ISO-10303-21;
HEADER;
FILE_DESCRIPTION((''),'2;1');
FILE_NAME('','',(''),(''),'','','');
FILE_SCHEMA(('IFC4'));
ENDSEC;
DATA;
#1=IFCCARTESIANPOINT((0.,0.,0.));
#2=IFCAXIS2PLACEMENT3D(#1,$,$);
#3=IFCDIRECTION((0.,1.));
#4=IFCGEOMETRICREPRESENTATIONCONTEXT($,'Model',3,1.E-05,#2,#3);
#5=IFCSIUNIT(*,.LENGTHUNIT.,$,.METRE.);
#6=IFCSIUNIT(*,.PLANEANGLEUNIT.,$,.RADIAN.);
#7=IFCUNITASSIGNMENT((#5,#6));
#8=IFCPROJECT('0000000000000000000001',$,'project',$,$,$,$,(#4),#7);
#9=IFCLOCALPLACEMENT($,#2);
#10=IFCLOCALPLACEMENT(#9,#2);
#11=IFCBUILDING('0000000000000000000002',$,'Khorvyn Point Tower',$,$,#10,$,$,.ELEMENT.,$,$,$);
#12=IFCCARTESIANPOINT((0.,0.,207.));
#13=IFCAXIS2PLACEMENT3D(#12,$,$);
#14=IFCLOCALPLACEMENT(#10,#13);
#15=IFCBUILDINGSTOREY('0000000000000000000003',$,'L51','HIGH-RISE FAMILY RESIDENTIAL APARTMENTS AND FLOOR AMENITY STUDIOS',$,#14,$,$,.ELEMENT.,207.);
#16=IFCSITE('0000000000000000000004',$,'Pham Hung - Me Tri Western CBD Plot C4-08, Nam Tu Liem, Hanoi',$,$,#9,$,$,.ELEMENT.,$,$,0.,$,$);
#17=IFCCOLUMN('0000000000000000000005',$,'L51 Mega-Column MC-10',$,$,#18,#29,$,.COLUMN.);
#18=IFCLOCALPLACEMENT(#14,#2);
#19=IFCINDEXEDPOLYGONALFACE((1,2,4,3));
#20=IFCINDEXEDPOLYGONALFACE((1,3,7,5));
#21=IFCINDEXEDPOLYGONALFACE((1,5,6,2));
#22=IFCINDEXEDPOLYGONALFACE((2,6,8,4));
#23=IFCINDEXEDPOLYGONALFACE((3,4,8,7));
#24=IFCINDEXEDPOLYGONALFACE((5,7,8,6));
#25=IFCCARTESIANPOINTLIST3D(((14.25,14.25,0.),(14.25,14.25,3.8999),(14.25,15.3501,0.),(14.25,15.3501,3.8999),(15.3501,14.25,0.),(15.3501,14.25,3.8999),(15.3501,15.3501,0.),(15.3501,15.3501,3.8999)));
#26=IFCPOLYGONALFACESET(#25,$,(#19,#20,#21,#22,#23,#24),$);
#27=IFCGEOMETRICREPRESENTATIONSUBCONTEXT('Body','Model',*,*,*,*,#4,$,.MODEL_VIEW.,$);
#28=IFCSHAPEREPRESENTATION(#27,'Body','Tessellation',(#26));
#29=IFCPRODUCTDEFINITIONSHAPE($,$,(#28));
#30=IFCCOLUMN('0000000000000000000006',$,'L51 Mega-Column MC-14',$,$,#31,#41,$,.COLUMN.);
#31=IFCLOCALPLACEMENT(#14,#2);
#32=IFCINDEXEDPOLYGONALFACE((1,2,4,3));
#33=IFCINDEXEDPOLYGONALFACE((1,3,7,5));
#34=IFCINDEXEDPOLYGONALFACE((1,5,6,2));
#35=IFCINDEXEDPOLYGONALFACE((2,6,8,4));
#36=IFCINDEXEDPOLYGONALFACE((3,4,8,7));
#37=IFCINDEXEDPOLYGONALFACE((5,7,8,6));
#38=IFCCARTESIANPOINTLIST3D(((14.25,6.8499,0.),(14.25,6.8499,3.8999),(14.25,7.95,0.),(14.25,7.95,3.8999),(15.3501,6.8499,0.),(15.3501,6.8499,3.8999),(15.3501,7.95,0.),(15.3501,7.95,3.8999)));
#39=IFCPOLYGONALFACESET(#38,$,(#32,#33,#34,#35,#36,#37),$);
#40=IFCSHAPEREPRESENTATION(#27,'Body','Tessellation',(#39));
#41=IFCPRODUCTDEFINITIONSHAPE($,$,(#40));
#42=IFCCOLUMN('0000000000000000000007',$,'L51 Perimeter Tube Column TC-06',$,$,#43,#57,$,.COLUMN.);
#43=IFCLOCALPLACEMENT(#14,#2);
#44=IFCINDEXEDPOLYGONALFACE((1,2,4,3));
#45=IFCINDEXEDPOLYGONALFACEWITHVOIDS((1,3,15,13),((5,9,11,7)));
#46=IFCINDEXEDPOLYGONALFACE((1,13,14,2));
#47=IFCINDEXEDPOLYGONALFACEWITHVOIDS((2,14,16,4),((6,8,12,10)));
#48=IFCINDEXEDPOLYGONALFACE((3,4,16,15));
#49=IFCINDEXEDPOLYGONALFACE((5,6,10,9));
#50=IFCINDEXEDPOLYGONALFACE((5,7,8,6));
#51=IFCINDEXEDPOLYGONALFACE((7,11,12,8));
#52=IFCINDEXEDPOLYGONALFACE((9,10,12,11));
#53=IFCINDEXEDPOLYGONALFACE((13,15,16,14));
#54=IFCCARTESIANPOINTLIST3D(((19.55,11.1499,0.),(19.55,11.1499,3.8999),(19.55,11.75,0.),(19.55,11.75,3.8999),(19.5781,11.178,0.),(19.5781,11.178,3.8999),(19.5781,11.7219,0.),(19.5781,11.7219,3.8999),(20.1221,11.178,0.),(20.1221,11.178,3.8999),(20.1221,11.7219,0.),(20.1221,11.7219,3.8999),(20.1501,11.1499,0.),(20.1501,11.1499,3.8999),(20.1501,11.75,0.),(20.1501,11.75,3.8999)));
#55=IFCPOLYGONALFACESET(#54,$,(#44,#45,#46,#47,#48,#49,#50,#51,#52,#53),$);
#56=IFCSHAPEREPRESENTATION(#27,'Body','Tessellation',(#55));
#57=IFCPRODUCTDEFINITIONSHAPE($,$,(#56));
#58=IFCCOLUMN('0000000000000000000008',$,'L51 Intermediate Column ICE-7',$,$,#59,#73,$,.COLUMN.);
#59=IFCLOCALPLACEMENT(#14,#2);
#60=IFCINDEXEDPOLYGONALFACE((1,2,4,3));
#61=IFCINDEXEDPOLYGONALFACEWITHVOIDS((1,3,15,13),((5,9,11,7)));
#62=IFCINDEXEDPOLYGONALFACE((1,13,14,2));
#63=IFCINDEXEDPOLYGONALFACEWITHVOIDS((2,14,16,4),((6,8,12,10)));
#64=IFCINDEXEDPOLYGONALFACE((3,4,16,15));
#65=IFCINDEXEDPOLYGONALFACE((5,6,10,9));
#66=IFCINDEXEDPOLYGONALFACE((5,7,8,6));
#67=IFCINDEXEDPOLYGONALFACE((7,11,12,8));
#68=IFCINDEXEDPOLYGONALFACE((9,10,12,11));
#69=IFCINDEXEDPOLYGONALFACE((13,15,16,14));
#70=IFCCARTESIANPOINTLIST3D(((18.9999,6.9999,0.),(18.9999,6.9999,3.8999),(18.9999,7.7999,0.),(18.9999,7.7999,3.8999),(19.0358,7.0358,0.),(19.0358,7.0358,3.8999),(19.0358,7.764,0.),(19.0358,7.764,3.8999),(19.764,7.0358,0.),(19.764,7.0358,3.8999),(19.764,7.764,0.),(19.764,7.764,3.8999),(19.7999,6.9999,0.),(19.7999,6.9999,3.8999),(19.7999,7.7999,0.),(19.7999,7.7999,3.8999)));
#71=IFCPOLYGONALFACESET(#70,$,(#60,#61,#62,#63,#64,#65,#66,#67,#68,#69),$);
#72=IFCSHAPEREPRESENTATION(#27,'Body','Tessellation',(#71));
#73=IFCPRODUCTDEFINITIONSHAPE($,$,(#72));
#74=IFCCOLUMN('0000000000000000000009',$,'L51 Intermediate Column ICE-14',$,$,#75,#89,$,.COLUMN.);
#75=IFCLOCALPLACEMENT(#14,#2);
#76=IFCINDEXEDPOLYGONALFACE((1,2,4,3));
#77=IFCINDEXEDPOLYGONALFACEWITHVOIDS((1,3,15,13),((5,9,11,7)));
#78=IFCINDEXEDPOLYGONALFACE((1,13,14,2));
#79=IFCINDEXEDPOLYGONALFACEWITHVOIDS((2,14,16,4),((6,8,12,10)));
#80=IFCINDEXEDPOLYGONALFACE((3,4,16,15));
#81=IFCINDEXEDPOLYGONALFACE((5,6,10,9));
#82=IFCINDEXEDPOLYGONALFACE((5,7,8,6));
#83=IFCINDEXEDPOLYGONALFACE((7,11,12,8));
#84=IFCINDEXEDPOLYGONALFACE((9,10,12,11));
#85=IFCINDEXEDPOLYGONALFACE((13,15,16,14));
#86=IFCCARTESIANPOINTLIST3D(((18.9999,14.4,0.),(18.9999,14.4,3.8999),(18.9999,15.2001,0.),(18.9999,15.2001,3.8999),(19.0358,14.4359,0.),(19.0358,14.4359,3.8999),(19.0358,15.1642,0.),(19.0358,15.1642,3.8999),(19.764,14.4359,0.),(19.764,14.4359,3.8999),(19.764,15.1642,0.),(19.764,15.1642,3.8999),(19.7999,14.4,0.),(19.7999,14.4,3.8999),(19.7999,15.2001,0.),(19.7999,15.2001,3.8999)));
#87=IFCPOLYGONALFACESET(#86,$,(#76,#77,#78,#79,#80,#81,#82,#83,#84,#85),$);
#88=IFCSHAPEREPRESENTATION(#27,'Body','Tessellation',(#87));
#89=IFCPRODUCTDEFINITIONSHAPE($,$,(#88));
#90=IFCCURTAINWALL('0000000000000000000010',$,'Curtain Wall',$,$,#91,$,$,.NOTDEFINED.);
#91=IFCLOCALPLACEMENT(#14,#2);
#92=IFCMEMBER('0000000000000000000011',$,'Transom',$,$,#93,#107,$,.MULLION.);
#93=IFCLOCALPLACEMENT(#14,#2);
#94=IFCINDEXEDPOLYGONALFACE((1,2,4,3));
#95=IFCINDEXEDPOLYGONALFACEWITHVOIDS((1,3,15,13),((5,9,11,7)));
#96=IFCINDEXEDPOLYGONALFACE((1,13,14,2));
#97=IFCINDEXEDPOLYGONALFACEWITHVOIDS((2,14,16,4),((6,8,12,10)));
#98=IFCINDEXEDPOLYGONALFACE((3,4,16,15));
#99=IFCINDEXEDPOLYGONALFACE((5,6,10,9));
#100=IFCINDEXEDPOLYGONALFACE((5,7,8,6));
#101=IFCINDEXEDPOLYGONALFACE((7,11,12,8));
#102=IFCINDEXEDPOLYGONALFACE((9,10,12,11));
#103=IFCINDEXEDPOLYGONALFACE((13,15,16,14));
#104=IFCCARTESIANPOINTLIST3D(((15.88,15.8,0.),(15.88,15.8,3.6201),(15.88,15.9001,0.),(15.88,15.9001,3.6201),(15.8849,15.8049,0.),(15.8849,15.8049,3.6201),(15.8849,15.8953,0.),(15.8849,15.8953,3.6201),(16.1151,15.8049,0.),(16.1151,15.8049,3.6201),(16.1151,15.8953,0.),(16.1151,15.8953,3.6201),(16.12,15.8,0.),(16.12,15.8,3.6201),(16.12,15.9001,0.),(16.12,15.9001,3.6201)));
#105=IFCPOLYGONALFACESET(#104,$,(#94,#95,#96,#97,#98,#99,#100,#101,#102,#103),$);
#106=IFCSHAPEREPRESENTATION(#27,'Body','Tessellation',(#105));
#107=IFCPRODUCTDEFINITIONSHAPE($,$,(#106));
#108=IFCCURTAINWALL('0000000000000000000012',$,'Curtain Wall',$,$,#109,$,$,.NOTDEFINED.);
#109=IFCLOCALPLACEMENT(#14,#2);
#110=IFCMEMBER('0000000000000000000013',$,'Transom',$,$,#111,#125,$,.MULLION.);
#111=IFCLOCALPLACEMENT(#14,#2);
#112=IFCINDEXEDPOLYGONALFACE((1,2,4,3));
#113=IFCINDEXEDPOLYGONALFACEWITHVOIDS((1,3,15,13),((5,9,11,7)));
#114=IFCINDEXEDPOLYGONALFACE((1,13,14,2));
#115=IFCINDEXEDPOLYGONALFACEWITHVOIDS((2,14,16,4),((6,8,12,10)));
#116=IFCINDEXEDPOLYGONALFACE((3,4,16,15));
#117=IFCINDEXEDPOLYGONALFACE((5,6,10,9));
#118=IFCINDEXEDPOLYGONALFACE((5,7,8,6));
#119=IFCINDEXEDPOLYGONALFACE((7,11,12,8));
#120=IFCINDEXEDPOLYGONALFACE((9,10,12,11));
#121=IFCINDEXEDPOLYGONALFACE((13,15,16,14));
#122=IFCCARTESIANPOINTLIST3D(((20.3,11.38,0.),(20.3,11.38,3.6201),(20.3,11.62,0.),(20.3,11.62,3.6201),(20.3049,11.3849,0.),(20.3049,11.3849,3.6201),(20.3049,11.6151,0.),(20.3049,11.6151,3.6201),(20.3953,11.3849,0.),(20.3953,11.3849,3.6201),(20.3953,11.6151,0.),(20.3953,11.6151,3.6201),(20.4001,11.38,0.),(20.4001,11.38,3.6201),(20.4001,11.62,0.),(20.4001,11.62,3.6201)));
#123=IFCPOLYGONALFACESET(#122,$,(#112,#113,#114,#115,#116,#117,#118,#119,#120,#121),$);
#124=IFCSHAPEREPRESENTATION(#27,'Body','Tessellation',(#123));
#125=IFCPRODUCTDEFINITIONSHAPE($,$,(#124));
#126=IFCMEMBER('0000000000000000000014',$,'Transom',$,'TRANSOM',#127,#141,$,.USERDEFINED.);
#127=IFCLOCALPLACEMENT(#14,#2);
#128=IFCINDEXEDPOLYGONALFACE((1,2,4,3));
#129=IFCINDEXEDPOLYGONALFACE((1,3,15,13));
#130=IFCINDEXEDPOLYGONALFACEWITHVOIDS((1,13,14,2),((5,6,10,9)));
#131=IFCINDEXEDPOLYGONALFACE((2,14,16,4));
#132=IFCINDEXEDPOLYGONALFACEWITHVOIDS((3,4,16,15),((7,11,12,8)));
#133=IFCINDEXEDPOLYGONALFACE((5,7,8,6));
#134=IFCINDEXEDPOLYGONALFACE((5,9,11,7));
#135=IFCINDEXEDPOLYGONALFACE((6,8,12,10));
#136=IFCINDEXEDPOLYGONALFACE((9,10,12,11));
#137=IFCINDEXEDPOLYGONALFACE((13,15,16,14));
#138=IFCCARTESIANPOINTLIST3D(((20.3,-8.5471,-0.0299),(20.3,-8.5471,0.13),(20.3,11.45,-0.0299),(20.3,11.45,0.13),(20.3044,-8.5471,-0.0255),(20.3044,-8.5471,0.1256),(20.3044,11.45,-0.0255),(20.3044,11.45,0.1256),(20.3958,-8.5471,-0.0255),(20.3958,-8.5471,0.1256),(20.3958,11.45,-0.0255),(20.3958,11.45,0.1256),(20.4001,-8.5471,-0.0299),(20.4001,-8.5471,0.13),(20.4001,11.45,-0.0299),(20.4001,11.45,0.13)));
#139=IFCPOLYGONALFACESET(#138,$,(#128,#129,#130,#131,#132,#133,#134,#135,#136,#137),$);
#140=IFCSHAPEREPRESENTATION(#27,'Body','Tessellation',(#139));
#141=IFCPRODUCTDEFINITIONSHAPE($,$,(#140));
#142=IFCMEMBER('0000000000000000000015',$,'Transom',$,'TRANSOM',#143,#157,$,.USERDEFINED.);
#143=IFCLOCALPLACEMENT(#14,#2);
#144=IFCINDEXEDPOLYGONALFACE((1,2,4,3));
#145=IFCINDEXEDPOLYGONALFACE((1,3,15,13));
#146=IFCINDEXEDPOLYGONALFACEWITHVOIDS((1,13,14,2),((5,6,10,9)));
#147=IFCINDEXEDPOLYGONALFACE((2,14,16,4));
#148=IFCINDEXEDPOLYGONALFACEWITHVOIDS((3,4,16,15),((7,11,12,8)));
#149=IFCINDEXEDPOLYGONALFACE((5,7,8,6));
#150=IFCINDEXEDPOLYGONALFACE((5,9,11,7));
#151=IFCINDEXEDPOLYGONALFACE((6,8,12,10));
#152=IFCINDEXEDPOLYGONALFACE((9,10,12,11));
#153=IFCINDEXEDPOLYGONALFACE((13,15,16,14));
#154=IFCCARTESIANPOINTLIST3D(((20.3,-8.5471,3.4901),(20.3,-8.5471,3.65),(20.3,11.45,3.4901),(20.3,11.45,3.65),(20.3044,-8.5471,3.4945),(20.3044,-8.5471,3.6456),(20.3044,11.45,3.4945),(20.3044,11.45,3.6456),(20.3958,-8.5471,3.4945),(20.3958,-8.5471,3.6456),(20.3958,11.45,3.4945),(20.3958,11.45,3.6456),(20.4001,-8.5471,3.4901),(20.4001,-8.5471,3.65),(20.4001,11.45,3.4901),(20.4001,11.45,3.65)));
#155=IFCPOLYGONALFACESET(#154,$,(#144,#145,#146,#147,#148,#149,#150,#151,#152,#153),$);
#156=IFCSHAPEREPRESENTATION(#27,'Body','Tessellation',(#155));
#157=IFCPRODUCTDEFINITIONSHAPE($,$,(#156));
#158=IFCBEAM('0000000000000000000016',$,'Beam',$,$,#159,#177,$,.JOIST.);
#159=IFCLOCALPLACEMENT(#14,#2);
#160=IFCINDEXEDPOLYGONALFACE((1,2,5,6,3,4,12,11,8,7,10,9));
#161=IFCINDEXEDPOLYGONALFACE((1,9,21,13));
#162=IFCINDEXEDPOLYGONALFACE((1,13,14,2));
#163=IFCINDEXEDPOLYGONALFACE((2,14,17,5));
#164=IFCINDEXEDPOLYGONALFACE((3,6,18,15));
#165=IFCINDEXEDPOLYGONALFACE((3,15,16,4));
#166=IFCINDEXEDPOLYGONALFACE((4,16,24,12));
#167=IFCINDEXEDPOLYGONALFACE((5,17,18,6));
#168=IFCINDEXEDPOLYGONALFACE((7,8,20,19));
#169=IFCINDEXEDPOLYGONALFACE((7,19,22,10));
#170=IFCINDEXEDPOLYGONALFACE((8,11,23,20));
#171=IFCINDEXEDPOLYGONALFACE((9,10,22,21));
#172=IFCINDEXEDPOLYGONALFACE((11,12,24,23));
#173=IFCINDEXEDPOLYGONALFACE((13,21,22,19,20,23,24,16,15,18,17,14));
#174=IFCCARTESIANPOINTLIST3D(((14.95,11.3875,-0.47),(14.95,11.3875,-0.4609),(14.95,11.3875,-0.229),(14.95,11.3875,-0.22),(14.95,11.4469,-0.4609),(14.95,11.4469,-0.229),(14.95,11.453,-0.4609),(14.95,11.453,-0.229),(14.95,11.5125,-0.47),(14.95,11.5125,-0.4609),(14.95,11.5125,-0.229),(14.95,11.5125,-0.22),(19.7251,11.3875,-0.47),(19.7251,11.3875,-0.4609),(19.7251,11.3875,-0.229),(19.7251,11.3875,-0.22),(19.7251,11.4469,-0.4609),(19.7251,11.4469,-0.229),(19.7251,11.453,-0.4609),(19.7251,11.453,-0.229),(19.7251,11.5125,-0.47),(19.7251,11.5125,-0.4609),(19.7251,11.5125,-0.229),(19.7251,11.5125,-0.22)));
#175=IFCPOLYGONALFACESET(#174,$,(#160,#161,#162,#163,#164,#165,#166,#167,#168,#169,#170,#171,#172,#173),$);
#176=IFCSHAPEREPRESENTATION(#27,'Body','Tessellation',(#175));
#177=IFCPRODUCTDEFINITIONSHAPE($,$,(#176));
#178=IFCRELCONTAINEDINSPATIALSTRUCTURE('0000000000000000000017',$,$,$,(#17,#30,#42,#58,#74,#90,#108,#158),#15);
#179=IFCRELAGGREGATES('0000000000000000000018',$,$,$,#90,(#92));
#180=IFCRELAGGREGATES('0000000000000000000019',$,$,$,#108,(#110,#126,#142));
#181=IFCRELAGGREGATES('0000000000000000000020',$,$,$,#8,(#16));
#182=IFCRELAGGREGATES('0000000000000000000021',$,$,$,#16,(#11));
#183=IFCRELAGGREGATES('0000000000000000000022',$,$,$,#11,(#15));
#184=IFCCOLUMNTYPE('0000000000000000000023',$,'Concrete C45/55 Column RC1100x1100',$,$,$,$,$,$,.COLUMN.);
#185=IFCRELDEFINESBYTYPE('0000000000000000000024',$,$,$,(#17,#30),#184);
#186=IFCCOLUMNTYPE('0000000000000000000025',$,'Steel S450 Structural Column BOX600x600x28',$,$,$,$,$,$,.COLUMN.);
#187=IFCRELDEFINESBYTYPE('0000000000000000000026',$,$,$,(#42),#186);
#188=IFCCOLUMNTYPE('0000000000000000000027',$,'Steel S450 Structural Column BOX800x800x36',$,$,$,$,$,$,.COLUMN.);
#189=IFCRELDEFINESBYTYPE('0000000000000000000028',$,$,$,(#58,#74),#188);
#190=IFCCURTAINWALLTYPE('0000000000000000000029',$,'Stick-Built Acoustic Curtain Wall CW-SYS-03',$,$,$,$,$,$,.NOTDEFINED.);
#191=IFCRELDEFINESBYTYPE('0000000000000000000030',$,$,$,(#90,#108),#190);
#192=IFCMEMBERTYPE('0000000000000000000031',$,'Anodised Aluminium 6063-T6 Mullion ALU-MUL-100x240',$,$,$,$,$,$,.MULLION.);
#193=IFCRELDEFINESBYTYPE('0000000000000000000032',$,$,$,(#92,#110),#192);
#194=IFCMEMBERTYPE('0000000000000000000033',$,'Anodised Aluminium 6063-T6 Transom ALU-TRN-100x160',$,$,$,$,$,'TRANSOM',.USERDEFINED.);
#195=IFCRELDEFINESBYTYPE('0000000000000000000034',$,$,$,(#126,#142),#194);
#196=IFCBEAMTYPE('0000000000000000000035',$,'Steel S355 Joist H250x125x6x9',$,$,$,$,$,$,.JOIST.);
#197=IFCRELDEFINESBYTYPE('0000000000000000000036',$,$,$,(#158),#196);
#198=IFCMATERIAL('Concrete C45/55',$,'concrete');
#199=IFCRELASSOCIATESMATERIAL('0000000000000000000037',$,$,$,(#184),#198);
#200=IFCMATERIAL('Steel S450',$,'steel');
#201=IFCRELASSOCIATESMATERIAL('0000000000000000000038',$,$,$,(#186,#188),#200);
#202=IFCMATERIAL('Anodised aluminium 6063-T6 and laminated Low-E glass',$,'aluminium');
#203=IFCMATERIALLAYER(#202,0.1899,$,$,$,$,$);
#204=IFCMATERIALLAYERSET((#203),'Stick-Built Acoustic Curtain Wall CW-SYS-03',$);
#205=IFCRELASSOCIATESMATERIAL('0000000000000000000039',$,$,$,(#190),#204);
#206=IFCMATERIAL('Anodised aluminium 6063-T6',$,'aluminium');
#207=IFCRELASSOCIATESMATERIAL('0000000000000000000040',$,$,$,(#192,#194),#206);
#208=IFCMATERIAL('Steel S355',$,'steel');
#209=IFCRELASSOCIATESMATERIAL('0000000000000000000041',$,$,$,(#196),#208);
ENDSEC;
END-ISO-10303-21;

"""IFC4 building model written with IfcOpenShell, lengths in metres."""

from ifc_helpers import new_model, si_unit, direction, frame, origin, origin_2d, place, context, subcontext, project, spatial, rectangle, hollow_rectangle, i_section, extrude, material, layer, layer_set, material_profile, profile_set, type_object, element, aggregate, save


model = new_model("IFC4")

# Units and contexts
model_context = context("Model", 3, precision=1e-05, world=origin(), true_north=direction((0.0, 1.0)))
body_context = subcontext(model_context, "Body", "Model", "MODEL_VIEW")
ifc_project = project(units=[si_unit("LENGTHUNIT", "METRE"), si_unit("PLANEANGLEUNIT", "RADIAN")], contexts=[model_context])

# Site, building, storey
site_placement = place(None, origin())
site = spatial("IfcSite", under=ifc_project, at=site_placement, Name="Pham Hung - Me Tri Western CBD Plot C4-08, Nam Tu Liem, Hanoi", CompositionType="ELEMENT", RefElevation=0.0)
building_placement = place(site_placement, origin())
building = spatial("IfcBuilding", under=site, at=building_placement, Name="Khorvyn Point Tower", CompositionType="ELEMENT")
storey_placement = place(building_placement, frame((0.0, 0.0, 207.0)))
storey = spatial("IfcBuildingStorey", under=building, at=storey_placement, Name="L51", Description="HIGH-RISE FAMILY RESIDENTIAL APARTMENTS AND FLOOR AMENITY STUDIOS", CompositionType="ELEMENT", Elevation=207.0)

# Columns
ifc_material_1 = material(Name="Concrete C45/55", Category="concrete")
ifc_material_profile_1 = material_profile(ifc_material_1, rectangle(XDim=1.1001, YDim=1.1001, at=origin_2d()))
ifc_profile_set_1 = profile_set([ifc_material_profile_1], Name="Concrete C45/55 RC1100x1100")
column_type_1 = type_object("IfcColumnType", Name="Concrete C45/55 Column RC1100x1100", PredefinedType="COLUMN", material=ifc_profile_set_1)
for number, where, z_axis, x_axis, name in (
    (1, (14.8, 14.8, 0.0), (0.0, 0.0, 1.0), (1.0, 0.0, 0.0), "L51 Mega-Column MC-10"),
    (2, (14.8, 7.3999, 0.0), (0.0, 0.0, 1.0), (1.0, 0.0, 0.0), "L51 Mega-Column MC-14"),
):
    element("IfcColumn", number, at=place(storey_placement, frame(where, z_axis=z_axis, x_axis=x_axis)), inside=storey, type_object=column_type_1, Name=name, PredefinedType="COLUMN", context=body_context, shape_type="SweptSolid", body=[
        extrude(rectangle(XDim=1.1001, YDim=1.1001, at=origin_2d()), origin(), (0.0, 0.0, 1.0), 3.8999),
    ])
ifc_material_2 = material(Name="Steel S450", Category="steel")
ifc_material_profile_2 = material_profile(ifc_material_2, hollow_rectangle(XDim=0.6001, YDim=0.6001, WallThickness=0.0281, at=origin_2d()))
ifc_profile_set_2 = profile_set([ifc_material_profile_2], Name="Steel S450 BOX600x600x28")
column_type_2 = type_object("IfcColumnType", Name="Steel S450 Structural Column BOX600x600x28", PredefinedType="COLUMN", material=ifc_profile_set_2)
column_placement = place(storey_placement, frame((19.8501, 11.45, 0.0), z_axis=(0.0, 0.0, 1.0), x_axis=(1.0, 0.0, 0.0)))
element("IfcColumn", 3, at=column_placement, inside=storey, type_object=column_type_2, Name="L51 Perimeter Tube Column TC-06", PredefinedType="COLUMN", context=body_context, shape_type="SweptSolid", body=[
    extrude(hollow_rectangle(XDim=0.6001, YDim=0.6001, WallThickness=0.0281, at=origin_2d()), origin(), (0.0, 0.0, 1.0), 3.8999),
])
ifc_material_profile_3 = material_profile(ifc_material_2, hollow_rectangle(XDim=0.8, YDim=0.8, WallThickness=0.0359, at=origin_2d()))
ifc_profile_set_3 = profile_set([ifc_material_profile_3], Name="Steel S450 BOX800x800x36")
column_type_3 = type_object("IfcColumnType", Name="Steel S450 Structural Column BOX800x800x36", PredefinedType="COLUMN", material=ifc_profile_set_3)
for number, where, z_axis, x_axis, name in (
    (4, (19.3999, 7.3999, 0.0), (0.0, 0.0, 1.0), (1.0, 0.0, 0.0), "L51 Intermediate Column ICE-7"),
    (5, (19.3999, 14.8, 0.0), (0.0, 0.0, 1.0), (1.0, 0.0, 0.0), "L51 Intermediate Column ICE-14"),
):
    element("IfcColumn", number, at=place(storey_placement, frame(where, z_axis=z_axis, x_axis=x_axis)), inside=storey, type_object=column_type_3, Name=name, PredefinedType="COLUMN", context=body_context, shape_type="SweptSolid", body=[
        extrude(hollow_rectangle(XDim=0.8, YDim=0.8, WallThickness=0.0359, at=origin_2d()), origin(), (0.0, 0.0, 1.0), 3.8999),
    ])

# Curtain wall, member
ifc_material_3 = material(Name="Anodised aluminium 6063-T6 and laminated Low-E glass", Category="aluminium")
ifc_layer_1 = layer(ifc_material_3, 0.1899)
ifc_layer_set_1 = layer_set([ifc_layer_1], Name="Stick-Built Acoustic Curtain Wall CW-SYS-03")
curtain_wall_type = type_object("IfcCurtainWallType", Name="Stick-Built Acoustic Curtain Wall CW-SYS-03", PredefinedType="NOTDEFINED", material=ifc_layer_set_1)
curtain_wall_1_placement = place(storey_placement, origin())
curtain_wall_1 = element("IfcCurtainWall", 6, at=curtain_wall_1_placement, inside=storey, type_object=curtain_wall_type, Name="Curtain Wall", PredefinedType="NOTDEFINED")
ifc_material_4 = material(Name="Anodised aluminium 6063-T6", Category="aluminium")
ifc_material_profile_4 = material_profile(ifc_material_4, hollow_rectangle(XDim=0.1001, YDim=0.24, WallThickness=0.0049, at=origin_2d()))
ifc_profile_set_4 = profile_set([ifc_material_profile_4], Name="Anodised aluminium 6063-T6 ALU-MUL-100x240")
member_type_1 = type_object("IfcMemberType", Name="Anodised Aluminium 6063-T6 Mullion ALU-MUL-100x240", PredefinedType="MULLION", material=ifc_profile_set_4)
member_1_placement = place(storey_placement, frame((16.0, 15.8501, 0.0), z_axis=(0.0, 0.0, 1.0), x_axis=(0.0, 1.0, 0.0)))
member_1 = element("IfcMember", 7, at=member_1_placement, type_object=member_type_1, Name="Transom", PredefinedType="MULLION", context=body_context, shape_type="SweptSolid", body=[
    extrude(hollow_rectangle(XDim=0.1001, YDim=0.24, WallThickness=0.0049, at=origin_2d()), origin(), (0.0, 0.0, 1.0), 3.6201),
])
aggregate(curtain_wall_1, [member_1])

# Curtain wall, members
curtain_wall_2_placement = place(storey_placement, origin())
curtain_wall_2 = element("IfcCurtainWall", 8, at=curtain_wall_2_placement, inside=storey, type_object=curtain_wall_type, Name="Curtain Wall", PredefinedType="NOTDEFINED")
member_2_placement = place(storey_placement, frame((20.3501, 11.5, 0.0), z_axis=(0.0, 0.0, 1.0), x_axis=(1.0, 0.0, 0.0)))
member_2 = element("IfcMember", 9, at=member_2_placement, type_object=member_type_1, Name="Transom", PredefinedType="MULLION", context=body_context, shape_type="SweptSolid", body=[
    extrude(hollow_rectangle(XDim=0.1001, YDim=0.24, WallThickness=0.0049, at=origin_2d()), origin(), (0.0, 0.0, 1.0), 3.6201),
])
ifc_material_profile_5 = material_profile(ifc_material_4, hollow_rectangle(XDim=0.1001, YDim=0.1599, WallThickness=0.0044, at=origin_2d()))
ifc_profile_set_5 = profile_set([ifc_material_profile_5], Name="Anodised aluminium 6063-T6 ALU-TRN-100x160")
member_type_2 = type_object("IfcMemberType", Name="Anodised Aluminium 6063-T6 Transom ALU-TRN-100x160", ElementType="TRANSOM", PredefinedType="USERDEFINED", material=ifc_profile_set_5)
member_3_placement = place(storey_placement, frame((20.3501, 11.45, 0.05), z_axis=(0.0, -1.0, 0.0), x_axis=(1.0, 0.0, 0.0)))
member_3 = element("IfcMember", 10, at=member_3_placement, type_object=member_type_2, Name="Transom", ObjectType="TRANSOM", PredefinedType="USERDEFINED", context=body_context, shape_type="SweptSolid", body=[
    extrude(hollow_rectangle(XDim=0.1001, YDim=0.1599, WallThickness=0.0044, at=origin_2d()), origin(), (0.0, 0.0, 1.0), 19.9971),
])
member_4_placement = place(storey_placement, frame((20.3501, 11.45, 3.5701), z_axis=(0.0, -1.0, 0.0), x_axis=(1.0, 0.0, 0.0)))
member_4 = element("IfcMember", 11, at=member_4_placement, type_object=member_type_2, Name="Transom", ObjectType="TRANSOM", PredefinedType="USERDEFINED", context=body_context, shape_type="SweptSolid", body=[
    extrude(hollow_rectangle(XDim=0.1001, YDim=0.1599, WallThickness=0.0044, at=origin_2d()), origin(), (0.0, 0.0, 1.0), 19.9971),
])
aggregate(curtain_wall_2, [member_2, member_3, member_4])

# Beam
ifc_material_5 = material(Name="Steel S355", Category="steel")
ifc_material_profile_6 = material_profile(ifc_material_5, i_section(OverallWidth=0.125, OverallDepth=0.25, WebThickness=0.0061, FlangeThickness=0.009, at=origin_2d()))
ifc_profile_set_6 = profile_set([ifc_material_profile_6], Name="Steel S355 H250x125x6x9")
beam_type_1 = type_object("IfcBeamType", Name="Steel S355 Joist H250x125x6x9", PredefinedType="JOIST", material=ifc_profile_set_6)
beam_1_placement = place(storey_placement, frame((14.95, 11.45, -0.345), z_axis=(1.0, 0.0, 0.0), x_axis=(0.0, 1.0, 0.0)))
element("IfcBeam", 12, at=beam_1_placement, inside=storey, type_object=beam_type_1, Name="Beam", PredefinedType="JOIST", context=body_context, shape_type="SweptSolid", body=[
    extrude(i_section(OverallWidth=0.125, OverallDepth=0.25, WebThickness=0.0061, FlangeThickness=0.009, at=origin_2d()), origin(), (0.0, 0.0, 1.0), 4.7751),
])

save(model, "model.ifc")
